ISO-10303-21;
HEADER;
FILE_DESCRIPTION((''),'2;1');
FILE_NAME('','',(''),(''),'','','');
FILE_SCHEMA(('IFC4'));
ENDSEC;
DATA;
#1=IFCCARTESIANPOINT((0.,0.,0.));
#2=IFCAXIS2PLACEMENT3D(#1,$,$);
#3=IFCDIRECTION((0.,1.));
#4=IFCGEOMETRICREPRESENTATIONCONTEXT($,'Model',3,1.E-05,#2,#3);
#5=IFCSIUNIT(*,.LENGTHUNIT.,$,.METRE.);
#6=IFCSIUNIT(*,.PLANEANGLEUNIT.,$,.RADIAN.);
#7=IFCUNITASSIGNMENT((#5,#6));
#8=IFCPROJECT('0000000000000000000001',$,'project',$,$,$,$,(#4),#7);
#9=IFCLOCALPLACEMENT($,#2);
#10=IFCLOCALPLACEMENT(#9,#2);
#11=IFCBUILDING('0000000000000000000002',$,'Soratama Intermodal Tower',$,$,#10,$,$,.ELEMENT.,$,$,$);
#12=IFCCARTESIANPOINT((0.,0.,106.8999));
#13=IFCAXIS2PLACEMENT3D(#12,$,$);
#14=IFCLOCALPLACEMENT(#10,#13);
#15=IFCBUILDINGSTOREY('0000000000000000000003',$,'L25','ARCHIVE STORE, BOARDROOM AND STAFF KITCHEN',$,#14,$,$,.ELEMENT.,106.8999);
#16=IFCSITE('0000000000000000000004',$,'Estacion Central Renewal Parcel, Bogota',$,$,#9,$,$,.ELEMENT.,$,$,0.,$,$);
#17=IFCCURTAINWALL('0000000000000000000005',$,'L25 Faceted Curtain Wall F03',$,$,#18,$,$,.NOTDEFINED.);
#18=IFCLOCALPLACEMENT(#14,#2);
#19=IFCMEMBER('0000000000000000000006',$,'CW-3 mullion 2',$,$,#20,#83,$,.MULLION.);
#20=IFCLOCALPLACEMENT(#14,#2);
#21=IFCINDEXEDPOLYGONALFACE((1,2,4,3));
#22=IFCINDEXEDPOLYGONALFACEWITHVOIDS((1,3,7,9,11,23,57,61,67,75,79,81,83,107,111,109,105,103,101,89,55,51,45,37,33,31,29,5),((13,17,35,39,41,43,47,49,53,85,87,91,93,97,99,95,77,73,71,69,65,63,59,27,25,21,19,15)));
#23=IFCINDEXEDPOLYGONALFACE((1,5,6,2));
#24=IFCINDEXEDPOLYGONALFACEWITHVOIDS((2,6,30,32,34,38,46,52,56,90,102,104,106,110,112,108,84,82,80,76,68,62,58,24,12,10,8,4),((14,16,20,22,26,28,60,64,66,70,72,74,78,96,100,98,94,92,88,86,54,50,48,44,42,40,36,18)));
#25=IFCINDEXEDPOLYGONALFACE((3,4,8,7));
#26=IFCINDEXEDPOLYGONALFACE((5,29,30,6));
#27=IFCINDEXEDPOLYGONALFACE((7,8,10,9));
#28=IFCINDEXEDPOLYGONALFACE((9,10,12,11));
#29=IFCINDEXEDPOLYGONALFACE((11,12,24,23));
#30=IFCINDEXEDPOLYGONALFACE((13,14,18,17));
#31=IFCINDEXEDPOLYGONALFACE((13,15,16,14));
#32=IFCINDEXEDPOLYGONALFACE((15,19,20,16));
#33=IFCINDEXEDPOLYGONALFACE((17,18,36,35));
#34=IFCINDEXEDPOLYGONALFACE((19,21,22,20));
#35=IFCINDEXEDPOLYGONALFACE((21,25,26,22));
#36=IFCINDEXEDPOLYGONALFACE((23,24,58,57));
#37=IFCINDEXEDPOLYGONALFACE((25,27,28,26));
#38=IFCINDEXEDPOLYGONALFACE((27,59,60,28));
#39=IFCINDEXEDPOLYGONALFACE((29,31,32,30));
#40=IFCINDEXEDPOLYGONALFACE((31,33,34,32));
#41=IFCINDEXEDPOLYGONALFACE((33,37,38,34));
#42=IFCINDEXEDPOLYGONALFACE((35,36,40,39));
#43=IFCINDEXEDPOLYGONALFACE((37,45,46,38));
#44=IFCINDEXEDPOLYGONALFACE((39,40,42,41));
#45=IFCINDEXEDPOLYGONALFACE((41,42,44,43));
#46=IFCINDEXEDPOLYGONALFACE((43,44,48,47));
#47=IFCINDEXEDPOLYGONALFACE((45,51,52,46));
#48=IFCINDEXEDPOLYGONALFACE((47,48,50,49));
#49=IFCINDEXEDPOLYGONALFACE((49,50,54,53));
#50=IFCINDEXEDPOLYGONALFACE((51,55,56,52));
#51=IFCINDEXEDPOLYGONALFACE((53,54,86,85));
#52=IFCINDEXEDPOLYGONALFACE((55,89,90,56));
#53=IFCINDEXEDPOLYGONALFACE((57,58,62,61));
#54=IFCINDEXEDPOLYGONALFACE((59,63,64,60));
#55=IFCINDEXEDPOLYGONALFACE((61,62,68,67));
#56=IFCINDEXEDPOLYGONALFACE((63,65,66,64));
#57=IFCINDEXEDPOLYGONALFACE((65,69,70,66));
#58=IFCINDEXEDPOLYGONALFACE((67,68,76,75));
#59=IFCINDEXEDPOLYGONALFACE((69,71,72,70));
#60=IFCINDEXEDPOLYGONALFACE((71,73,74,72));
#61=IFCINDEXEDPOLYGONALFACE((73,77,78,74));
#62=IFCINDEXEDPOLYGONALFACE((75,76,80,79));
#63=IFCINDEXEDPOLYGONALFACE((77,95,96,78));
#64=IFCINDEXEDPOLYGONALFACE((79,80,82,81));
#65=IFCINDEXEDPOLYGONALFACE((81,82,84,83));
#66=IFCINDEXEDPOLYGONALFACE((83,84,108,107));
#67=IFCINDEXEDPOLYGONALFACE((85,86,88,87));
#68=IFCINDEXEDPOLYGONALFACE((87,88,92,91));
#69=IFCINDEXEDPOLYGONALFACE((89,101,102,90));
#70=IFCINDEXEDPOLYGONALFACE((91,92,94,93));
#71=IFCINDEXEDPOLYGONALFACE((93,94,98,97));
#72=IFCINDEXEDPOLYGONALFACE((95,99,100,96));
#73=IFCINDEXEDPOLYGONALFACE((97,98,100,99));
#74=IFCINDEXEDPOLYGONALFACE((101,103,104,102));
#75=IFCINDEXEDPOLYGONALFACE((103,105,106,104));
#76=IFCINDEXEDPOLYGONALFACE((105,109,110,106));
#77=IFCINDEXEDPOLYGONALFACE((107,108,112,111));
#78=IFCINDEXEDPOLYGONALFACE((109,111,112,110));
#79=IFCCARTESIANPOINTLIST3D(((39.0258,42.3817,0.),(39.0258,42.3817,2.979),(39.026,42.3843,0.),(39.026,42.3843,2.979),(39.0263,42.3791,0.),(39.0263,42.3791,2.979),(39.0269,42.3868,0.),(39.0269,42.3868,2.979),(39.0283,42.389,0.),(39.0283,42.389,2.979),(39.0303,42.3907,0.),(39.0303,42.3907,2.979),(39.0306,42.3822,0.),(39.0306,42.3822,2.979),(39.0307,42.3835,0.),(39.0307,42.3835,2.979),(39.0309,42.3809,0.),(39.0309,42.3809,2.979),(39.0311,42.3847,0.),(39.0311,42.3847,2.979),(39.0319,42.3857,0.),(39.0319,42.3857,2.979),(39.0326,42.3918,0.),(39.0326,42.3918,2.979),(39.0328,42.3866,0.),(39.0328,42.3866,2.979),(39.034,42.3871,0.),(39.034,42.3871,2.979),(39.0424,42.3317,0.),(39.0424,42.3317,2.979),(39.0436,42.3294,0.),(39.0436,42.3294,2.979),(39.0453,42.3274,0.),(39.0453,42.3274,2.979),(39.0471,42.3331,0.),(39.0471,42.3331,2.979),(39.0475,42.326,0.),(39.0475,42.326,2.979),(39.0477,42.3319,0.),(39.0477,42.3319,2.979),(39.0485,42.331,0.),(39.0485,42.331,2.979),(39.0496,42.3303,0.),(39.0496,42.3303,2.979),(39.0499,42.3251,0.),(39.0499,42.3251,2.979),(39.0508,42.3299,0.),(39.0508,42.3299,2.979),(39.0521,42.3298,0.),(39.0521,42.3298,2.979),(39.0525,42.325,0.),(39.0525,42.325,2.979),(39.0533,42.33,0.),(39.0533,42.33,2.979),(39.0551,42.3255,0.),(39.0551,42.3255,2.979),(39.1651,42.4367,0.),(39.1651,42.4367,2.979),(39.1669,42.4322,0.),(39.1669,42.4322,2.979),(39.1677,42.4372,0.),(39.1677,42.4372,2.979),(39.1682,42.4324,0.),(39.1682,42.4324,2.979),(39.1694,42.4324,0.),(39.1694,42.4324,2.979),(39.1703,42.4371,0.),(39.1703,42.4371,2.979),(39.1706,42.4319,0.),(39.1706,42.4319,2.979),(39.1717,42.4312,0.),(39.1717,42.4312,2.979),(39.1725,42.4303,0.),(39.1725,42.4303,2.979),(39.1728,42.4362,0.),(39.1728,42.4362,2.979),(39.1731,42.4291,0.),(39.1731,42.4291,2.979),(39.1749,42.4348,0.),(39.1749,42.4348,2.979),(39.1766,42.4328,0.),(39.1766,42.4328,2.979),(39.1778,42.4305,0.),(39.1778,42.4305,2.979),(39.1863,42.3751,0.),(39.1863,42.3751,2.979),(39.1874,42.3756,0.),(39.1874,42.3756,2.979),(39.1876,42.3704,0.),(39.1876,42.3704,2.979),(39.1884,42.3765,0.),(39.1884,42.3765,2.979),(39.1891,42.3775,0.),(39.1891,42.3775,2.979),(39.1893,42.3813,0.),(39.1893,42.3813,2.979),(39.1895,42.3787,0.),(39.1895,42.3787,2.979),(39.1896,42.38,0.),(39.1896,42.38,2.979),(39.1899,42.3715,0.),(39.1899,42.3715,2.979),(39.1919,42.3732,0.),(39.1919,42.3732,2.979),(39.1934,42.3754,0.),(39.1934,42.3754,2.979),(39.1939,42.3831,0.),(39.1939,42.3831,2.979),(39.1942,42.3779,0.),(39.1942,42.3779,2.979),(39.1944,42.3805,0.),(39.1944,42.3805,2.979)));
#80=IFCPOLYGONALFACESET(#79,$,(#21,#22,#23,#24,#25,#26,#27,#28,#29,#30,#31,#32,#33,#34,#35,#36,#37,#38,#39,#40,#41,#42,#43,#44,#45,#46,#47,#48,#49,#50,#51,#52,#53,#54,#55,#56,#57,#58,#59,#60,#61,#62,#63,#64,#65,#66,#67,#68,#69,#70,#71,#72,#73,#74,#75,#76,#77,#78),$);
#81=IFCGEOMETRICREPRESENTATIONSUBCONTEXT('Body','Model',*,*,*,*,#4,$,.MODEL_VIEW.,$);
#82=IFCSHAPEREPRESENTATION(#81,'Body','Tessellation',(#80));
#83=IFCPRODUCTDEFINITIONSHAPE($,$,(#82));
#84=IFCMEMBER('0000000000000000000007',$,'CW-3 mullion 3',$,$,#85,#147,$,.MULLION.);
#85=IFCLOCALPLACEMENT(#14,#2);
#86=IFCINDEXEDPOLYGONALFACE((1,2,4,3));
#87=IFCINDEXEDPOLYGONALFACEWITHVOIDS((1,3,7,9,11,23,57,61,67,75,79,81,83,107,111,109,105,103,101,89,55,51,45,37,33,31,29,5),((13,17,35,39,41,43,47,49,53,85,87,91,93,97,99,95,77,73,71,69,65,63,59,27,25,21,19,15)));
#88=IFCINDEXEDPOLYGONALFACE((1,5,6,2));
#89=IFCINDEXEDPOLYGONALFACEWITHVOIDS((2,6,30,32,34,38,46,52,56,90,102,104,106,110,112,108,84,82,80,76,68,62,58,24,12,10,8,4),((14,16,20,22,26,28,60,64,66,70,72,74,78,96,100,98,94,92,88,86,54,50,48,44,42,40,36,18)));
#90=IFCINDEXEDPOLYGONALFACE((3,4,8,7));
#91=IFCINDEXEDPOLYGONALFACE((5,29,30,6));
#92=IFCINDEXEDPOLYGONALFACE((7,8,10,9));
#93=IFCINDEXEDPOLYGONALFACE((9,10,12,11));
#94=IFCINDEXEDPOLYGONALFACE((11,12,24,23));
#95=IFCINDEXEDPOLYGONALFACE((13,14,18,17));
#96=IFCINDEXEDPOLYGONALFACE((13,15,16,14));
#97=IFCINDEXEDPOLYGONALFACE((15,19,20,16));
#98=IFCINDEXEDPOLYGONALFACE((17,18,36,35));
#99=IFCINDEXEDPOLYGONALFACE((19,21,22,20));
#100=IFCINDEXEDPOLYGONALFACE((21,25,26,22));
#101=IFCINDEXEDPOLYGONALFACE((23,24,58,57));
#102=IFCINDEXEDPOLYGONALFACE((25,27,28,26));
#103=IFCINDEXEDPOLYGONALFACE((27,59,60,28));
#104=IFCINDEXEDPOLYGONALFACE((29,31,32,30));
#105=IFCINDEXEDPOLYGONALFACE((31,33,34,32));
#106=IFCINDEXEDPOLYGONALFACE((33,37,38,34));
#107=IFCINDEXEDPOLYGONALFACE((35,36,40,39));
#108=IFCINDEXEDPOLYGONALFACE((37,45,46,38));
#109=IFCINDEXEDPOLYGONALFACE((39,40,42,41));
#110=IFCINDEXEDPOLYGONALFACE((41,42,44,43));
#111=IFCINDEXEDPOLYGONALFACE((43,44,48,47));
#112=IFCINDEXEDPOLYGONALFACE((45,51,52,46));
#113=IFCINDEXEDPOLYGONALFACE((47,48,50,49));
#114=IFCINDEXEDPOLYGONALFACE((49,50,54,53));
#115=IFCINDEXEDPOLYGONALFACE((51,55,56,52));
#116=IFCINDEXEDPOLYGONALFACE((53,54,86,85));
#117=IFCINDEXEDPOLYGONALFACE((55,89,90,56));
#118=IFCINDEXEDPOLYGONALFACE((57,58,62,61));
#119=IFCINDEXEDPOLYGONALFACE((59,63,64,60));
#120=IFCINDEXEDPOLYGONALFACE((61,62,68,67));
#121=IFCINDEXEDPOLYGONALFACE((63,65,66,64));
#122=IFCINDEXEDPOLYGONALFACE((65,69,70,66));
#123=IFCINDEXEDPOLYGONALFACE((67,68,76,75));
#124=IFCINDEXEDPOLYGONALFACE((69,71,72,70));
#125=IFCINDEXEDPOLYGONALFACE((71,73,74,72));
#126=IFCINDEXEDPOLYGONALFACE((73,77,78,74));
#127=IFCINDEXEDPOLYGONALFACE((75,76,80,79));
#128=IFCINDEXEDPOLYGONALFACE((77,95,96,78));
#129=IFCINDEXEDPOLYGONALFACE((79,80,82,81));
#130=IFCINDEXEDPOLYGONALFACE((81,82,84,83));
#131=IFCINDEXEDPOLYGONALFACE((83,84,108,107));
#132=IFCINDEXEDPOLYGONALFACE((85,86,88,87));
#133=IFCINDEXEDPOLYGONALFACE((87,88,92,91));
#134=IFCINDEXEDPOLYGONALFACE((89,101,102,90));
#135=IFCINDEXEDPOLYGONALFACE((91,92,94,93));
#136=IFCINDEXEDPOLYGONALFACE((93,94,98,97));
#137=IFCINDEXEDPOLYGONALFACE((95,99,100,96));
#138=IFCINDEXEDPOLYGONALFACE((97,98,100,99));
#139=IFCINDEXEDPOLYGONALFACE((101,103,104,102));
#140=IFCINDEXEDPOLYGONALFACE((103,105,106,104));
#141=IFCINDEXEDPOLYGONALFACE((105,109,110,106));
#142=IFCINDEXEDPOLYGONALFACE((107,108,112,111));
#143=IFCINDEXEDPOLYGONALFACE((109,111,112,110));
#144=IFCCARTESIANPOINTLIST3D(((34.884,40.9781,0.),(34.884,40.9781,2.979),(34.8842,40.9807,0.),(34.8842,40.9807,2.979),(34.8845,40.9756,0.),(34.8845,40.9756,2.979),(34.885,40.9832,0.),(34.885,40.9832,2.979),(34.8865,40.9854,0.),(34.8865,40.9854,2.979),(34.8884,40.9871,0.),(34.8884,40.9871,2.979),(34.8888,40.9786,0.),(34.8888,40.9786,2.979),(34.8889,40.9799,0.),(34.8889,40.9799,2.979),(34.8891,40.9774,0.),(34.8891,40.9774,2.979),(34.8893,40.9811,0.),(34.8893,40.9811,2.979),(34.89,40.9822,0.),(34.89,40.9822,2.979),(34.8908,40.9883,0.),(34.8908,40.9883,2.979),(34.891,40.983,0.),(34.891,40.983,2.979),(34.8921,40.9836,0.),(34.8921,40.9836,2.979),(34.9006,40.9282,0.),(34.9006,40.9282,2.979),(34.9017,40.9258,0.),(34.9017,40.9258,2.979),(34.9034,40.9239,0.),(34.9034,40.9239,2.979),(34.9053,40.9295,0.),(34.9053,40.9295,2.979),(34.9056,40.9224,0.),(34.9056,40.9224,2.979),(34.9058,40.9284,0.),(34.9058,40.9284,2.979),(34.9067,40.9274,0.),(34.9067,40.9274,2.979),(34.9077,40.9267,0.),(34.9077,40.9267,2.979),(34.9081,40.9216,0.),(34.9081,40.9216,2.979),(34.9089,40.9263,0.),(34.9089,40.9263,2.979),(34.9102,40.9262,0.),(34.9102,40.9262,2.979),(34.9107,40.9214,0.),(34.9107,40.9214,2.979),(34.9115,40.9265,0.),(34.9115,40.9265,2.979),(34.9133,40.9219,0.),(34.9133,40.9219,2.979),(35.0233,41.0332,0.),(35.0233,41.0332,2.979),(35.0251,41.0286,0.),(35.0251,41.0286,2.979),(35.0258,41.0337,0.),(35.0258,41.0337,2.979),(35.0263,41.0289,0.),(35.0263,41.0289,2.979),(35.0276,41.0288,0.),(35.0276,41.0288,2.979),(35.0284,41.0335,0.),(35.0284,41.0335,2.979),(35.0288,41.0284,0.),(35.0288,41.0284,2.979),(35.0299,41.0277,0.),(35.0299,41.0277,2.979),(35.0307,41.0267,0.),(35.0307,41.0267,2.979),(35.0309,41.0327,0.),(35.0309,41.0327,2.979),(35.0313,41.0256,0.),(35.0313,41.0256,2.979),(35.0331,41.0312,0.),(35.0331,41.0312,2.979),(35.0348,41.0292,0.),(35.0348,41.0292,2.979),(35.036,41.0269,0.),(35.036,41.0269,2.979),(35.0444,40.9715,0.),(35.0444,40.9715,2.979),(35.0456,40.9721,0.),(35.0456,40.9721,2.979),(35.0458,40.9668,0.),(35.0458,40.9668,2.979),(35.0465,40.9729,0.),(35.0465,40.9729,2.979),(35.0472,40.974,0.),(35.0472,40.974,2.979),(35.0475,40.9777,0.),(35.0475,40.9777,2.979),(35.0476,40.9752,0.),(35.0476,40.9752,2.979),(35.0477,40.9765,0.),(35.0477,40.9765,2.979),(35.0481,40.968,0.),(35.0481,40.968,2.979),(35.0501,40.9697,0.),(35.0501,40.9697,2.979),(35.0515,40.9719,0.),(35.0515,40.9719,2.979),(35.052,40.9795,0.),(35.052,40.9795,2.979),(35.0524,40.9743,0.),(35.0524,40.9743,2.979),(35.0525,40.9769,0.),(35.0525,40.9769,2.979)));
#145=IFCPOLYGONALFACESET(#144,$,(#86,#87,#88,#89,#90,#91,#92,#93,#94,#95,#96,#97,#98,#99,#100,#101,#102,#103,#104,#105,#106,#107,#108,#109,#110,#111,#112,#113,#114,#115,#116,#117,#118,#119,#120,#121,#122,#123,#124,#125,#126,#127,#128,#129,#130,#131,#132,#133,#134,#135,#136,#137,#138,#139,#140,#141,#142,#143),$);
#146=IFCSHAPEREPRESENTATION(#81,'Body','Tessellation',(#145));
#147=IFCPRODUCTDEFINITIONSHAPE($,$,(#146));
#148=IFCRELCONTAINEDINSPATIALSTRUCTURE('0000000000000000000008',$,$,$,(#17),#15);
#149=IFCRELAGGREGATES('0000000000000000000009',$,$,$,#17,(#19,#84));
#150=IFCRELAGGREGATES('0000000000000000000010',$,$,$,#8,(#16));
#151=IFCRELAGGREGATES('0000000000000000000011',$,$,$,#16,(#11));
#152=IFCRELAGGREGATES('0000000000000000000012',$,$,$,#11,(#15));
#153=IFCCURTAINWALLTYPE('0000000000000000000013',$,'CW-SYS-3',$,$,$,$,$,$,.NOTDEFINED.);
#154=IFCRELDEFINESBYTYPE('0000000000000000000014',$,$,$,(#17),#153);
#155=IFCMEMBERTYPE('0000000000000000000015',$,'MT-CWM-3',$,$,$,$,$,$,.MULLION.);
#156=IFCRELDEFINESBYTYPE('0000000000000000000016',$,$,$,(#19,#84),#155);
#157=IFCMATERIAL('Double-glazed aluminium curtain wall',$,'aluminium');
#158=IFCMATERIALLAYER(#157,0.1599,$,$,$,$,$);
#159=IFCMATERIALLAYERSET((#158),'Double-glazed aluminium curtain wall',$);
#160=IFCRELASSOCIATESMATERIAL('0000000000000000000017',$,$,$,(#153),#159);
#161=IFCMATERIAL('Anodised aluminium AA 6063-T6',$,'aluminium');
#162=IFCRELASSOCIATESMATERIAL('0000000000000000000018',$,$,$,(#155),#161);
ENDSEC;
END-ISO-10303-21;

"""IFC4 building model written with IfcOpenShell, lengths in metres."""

from ifc_helpers import new_model, si_unit, direction, frame, origin, origin_2d, place, context, subcontext, project, spatial, hollow_rectangle, extrude, material, layer, layer_set, material_profile, profile_set, type_object, element, aggregate, save


model = new_model("IFC4")

# Units and contexts
model_context = context("Model", 3, precision=1e-05, world=origin(), true_north=direction((0.0, 1.0)))
body_context = subcontext(model_context, "Body", "Model", "MODEL_VIEW")
ifc_project = project(units=[si_unit("LENGTHUNIT", "METRE"), si_unit("PLANEANGLEUNIT", "RADIAN")], contexts=[model_context])

# Site, building, storey
site_placement = place(None, origin())
site = spatial("IfcSite", under=ifc_project, at=site_placement, Name="Estacion Central Renewal Parcel, Bogota", CompositionType="ELEMENT", RefElevation=0.0)
building_placement = place(site_placement, origin())
building = spatial("IfcBuilding", under=site, at=building_placement, Name="Soratama Intermodal Tower", CompositionType="ELEMENT")
storey_placement = place(building_placement, frame((0.0, 0.0, 106.8999)))
storey = spatial("IfcBuildingStorey", under=building, at=storey_placement, Name="L25", Description="ARCHIVE STORE, BOARDROOM AND STAFF KITCHEN", CompositionType="ELEMENT", Elevation=106.8999)

# Curtain wall, members
ifc_material_1 = material(Name="Double-glazed aluminium curtain wall", Category="aluminium")
ifc_layer_1 = layer(ifc_material_1, 0.1599)
ifc_layer_set_1 = layer_set([ifc_layer_1], Name="Double-glazed aluminium curtain wall")
curtain_wall_type = type_object("IfcCurtainWallType", Name="CW-SYS-3", PredefinedType="NOTDEFINED", material=ifc_layer_set_1)
curtain_wall_placement = place(storey_placement, origin())
curtain_wall = element("IfcCurtainWall", 1, at=curtain_wall_placement, inside=storey, type_object=curtain_wall_type, Name="L25 Faceted Curtain Wall F03", PredefinedType="NOTDEFINED")
ifc_material_2 = material(Name="Anodised aluminium AA 6063-T6", Category="aluminium")
ifc_material_profile_1 = material_profile(ifc_material_2, hollow_rectangle(XDim=0.0701, YDim=0.1599, WallThickness=0.0049, InnerFilletRadius=0.0049, OuterFilletRadius=0.01, at=origin_2d()), Name="CWM160X70X5")
ifc_profile_set_1 = profile_set([ifc_material_profile_1], Name="Anodised aluminium AA 6063-T6")
member_type_1 = type_object("IfcMemberType", Name="MT-CWM-3", PredefinedType="MULLION", material=ifc_profile_set_1)
member_1_placement = place(storey_placement, frame((39.1101, 42.3811, 0.0), z_axis=(0.0, 0.0, 1.0), x_axis=(0.320945, -0.947098, 0.0)))
member_1 = element("IfcMember", 2, at=member_1_placement, type_object=member_type_1, Name="CW-3 mullion 2", PredefinedType="MULLION", context=body_context, shape_type="SweptSolid", body=[
    extrude(hollow_rectangle(XDim=0.0701, YDim=0.1599, WallThickness=0.0049, InnerFilletRadius=0.0049, OuterFilletRadius=0.01, at=origin_2d()), origin(), (0.0, 0.0, 1.0), 2.979),
])
member_2_placement = place(storey_placement, frame((34.9683, 40.9775, 0.0), z_axis=(0.0, 0.0, 1.0), x_axis=(0.320945, -0.947098, 0.0)))
member_2 = element("IfcMember", 3, at=member_2_placement, type_object=member_type_1, Name="CW-3 mullion 3", PredefinedType="MULLION", context=body_context, shape_type="SweptSolid", body=[
    extrude(hollow_rectangle(XDim=0.0701, YDim=0.1599, WallThickness=0.0049, InnerFilletRadius=0.0049, OuterFilletRadius=0.01, at=origin_2d()), origin(), (0.0, 0.0, 1.0), 2.979),
])
aggregate(curtain_wall, [member_1, member_2])

save(model, "model.ifc")
